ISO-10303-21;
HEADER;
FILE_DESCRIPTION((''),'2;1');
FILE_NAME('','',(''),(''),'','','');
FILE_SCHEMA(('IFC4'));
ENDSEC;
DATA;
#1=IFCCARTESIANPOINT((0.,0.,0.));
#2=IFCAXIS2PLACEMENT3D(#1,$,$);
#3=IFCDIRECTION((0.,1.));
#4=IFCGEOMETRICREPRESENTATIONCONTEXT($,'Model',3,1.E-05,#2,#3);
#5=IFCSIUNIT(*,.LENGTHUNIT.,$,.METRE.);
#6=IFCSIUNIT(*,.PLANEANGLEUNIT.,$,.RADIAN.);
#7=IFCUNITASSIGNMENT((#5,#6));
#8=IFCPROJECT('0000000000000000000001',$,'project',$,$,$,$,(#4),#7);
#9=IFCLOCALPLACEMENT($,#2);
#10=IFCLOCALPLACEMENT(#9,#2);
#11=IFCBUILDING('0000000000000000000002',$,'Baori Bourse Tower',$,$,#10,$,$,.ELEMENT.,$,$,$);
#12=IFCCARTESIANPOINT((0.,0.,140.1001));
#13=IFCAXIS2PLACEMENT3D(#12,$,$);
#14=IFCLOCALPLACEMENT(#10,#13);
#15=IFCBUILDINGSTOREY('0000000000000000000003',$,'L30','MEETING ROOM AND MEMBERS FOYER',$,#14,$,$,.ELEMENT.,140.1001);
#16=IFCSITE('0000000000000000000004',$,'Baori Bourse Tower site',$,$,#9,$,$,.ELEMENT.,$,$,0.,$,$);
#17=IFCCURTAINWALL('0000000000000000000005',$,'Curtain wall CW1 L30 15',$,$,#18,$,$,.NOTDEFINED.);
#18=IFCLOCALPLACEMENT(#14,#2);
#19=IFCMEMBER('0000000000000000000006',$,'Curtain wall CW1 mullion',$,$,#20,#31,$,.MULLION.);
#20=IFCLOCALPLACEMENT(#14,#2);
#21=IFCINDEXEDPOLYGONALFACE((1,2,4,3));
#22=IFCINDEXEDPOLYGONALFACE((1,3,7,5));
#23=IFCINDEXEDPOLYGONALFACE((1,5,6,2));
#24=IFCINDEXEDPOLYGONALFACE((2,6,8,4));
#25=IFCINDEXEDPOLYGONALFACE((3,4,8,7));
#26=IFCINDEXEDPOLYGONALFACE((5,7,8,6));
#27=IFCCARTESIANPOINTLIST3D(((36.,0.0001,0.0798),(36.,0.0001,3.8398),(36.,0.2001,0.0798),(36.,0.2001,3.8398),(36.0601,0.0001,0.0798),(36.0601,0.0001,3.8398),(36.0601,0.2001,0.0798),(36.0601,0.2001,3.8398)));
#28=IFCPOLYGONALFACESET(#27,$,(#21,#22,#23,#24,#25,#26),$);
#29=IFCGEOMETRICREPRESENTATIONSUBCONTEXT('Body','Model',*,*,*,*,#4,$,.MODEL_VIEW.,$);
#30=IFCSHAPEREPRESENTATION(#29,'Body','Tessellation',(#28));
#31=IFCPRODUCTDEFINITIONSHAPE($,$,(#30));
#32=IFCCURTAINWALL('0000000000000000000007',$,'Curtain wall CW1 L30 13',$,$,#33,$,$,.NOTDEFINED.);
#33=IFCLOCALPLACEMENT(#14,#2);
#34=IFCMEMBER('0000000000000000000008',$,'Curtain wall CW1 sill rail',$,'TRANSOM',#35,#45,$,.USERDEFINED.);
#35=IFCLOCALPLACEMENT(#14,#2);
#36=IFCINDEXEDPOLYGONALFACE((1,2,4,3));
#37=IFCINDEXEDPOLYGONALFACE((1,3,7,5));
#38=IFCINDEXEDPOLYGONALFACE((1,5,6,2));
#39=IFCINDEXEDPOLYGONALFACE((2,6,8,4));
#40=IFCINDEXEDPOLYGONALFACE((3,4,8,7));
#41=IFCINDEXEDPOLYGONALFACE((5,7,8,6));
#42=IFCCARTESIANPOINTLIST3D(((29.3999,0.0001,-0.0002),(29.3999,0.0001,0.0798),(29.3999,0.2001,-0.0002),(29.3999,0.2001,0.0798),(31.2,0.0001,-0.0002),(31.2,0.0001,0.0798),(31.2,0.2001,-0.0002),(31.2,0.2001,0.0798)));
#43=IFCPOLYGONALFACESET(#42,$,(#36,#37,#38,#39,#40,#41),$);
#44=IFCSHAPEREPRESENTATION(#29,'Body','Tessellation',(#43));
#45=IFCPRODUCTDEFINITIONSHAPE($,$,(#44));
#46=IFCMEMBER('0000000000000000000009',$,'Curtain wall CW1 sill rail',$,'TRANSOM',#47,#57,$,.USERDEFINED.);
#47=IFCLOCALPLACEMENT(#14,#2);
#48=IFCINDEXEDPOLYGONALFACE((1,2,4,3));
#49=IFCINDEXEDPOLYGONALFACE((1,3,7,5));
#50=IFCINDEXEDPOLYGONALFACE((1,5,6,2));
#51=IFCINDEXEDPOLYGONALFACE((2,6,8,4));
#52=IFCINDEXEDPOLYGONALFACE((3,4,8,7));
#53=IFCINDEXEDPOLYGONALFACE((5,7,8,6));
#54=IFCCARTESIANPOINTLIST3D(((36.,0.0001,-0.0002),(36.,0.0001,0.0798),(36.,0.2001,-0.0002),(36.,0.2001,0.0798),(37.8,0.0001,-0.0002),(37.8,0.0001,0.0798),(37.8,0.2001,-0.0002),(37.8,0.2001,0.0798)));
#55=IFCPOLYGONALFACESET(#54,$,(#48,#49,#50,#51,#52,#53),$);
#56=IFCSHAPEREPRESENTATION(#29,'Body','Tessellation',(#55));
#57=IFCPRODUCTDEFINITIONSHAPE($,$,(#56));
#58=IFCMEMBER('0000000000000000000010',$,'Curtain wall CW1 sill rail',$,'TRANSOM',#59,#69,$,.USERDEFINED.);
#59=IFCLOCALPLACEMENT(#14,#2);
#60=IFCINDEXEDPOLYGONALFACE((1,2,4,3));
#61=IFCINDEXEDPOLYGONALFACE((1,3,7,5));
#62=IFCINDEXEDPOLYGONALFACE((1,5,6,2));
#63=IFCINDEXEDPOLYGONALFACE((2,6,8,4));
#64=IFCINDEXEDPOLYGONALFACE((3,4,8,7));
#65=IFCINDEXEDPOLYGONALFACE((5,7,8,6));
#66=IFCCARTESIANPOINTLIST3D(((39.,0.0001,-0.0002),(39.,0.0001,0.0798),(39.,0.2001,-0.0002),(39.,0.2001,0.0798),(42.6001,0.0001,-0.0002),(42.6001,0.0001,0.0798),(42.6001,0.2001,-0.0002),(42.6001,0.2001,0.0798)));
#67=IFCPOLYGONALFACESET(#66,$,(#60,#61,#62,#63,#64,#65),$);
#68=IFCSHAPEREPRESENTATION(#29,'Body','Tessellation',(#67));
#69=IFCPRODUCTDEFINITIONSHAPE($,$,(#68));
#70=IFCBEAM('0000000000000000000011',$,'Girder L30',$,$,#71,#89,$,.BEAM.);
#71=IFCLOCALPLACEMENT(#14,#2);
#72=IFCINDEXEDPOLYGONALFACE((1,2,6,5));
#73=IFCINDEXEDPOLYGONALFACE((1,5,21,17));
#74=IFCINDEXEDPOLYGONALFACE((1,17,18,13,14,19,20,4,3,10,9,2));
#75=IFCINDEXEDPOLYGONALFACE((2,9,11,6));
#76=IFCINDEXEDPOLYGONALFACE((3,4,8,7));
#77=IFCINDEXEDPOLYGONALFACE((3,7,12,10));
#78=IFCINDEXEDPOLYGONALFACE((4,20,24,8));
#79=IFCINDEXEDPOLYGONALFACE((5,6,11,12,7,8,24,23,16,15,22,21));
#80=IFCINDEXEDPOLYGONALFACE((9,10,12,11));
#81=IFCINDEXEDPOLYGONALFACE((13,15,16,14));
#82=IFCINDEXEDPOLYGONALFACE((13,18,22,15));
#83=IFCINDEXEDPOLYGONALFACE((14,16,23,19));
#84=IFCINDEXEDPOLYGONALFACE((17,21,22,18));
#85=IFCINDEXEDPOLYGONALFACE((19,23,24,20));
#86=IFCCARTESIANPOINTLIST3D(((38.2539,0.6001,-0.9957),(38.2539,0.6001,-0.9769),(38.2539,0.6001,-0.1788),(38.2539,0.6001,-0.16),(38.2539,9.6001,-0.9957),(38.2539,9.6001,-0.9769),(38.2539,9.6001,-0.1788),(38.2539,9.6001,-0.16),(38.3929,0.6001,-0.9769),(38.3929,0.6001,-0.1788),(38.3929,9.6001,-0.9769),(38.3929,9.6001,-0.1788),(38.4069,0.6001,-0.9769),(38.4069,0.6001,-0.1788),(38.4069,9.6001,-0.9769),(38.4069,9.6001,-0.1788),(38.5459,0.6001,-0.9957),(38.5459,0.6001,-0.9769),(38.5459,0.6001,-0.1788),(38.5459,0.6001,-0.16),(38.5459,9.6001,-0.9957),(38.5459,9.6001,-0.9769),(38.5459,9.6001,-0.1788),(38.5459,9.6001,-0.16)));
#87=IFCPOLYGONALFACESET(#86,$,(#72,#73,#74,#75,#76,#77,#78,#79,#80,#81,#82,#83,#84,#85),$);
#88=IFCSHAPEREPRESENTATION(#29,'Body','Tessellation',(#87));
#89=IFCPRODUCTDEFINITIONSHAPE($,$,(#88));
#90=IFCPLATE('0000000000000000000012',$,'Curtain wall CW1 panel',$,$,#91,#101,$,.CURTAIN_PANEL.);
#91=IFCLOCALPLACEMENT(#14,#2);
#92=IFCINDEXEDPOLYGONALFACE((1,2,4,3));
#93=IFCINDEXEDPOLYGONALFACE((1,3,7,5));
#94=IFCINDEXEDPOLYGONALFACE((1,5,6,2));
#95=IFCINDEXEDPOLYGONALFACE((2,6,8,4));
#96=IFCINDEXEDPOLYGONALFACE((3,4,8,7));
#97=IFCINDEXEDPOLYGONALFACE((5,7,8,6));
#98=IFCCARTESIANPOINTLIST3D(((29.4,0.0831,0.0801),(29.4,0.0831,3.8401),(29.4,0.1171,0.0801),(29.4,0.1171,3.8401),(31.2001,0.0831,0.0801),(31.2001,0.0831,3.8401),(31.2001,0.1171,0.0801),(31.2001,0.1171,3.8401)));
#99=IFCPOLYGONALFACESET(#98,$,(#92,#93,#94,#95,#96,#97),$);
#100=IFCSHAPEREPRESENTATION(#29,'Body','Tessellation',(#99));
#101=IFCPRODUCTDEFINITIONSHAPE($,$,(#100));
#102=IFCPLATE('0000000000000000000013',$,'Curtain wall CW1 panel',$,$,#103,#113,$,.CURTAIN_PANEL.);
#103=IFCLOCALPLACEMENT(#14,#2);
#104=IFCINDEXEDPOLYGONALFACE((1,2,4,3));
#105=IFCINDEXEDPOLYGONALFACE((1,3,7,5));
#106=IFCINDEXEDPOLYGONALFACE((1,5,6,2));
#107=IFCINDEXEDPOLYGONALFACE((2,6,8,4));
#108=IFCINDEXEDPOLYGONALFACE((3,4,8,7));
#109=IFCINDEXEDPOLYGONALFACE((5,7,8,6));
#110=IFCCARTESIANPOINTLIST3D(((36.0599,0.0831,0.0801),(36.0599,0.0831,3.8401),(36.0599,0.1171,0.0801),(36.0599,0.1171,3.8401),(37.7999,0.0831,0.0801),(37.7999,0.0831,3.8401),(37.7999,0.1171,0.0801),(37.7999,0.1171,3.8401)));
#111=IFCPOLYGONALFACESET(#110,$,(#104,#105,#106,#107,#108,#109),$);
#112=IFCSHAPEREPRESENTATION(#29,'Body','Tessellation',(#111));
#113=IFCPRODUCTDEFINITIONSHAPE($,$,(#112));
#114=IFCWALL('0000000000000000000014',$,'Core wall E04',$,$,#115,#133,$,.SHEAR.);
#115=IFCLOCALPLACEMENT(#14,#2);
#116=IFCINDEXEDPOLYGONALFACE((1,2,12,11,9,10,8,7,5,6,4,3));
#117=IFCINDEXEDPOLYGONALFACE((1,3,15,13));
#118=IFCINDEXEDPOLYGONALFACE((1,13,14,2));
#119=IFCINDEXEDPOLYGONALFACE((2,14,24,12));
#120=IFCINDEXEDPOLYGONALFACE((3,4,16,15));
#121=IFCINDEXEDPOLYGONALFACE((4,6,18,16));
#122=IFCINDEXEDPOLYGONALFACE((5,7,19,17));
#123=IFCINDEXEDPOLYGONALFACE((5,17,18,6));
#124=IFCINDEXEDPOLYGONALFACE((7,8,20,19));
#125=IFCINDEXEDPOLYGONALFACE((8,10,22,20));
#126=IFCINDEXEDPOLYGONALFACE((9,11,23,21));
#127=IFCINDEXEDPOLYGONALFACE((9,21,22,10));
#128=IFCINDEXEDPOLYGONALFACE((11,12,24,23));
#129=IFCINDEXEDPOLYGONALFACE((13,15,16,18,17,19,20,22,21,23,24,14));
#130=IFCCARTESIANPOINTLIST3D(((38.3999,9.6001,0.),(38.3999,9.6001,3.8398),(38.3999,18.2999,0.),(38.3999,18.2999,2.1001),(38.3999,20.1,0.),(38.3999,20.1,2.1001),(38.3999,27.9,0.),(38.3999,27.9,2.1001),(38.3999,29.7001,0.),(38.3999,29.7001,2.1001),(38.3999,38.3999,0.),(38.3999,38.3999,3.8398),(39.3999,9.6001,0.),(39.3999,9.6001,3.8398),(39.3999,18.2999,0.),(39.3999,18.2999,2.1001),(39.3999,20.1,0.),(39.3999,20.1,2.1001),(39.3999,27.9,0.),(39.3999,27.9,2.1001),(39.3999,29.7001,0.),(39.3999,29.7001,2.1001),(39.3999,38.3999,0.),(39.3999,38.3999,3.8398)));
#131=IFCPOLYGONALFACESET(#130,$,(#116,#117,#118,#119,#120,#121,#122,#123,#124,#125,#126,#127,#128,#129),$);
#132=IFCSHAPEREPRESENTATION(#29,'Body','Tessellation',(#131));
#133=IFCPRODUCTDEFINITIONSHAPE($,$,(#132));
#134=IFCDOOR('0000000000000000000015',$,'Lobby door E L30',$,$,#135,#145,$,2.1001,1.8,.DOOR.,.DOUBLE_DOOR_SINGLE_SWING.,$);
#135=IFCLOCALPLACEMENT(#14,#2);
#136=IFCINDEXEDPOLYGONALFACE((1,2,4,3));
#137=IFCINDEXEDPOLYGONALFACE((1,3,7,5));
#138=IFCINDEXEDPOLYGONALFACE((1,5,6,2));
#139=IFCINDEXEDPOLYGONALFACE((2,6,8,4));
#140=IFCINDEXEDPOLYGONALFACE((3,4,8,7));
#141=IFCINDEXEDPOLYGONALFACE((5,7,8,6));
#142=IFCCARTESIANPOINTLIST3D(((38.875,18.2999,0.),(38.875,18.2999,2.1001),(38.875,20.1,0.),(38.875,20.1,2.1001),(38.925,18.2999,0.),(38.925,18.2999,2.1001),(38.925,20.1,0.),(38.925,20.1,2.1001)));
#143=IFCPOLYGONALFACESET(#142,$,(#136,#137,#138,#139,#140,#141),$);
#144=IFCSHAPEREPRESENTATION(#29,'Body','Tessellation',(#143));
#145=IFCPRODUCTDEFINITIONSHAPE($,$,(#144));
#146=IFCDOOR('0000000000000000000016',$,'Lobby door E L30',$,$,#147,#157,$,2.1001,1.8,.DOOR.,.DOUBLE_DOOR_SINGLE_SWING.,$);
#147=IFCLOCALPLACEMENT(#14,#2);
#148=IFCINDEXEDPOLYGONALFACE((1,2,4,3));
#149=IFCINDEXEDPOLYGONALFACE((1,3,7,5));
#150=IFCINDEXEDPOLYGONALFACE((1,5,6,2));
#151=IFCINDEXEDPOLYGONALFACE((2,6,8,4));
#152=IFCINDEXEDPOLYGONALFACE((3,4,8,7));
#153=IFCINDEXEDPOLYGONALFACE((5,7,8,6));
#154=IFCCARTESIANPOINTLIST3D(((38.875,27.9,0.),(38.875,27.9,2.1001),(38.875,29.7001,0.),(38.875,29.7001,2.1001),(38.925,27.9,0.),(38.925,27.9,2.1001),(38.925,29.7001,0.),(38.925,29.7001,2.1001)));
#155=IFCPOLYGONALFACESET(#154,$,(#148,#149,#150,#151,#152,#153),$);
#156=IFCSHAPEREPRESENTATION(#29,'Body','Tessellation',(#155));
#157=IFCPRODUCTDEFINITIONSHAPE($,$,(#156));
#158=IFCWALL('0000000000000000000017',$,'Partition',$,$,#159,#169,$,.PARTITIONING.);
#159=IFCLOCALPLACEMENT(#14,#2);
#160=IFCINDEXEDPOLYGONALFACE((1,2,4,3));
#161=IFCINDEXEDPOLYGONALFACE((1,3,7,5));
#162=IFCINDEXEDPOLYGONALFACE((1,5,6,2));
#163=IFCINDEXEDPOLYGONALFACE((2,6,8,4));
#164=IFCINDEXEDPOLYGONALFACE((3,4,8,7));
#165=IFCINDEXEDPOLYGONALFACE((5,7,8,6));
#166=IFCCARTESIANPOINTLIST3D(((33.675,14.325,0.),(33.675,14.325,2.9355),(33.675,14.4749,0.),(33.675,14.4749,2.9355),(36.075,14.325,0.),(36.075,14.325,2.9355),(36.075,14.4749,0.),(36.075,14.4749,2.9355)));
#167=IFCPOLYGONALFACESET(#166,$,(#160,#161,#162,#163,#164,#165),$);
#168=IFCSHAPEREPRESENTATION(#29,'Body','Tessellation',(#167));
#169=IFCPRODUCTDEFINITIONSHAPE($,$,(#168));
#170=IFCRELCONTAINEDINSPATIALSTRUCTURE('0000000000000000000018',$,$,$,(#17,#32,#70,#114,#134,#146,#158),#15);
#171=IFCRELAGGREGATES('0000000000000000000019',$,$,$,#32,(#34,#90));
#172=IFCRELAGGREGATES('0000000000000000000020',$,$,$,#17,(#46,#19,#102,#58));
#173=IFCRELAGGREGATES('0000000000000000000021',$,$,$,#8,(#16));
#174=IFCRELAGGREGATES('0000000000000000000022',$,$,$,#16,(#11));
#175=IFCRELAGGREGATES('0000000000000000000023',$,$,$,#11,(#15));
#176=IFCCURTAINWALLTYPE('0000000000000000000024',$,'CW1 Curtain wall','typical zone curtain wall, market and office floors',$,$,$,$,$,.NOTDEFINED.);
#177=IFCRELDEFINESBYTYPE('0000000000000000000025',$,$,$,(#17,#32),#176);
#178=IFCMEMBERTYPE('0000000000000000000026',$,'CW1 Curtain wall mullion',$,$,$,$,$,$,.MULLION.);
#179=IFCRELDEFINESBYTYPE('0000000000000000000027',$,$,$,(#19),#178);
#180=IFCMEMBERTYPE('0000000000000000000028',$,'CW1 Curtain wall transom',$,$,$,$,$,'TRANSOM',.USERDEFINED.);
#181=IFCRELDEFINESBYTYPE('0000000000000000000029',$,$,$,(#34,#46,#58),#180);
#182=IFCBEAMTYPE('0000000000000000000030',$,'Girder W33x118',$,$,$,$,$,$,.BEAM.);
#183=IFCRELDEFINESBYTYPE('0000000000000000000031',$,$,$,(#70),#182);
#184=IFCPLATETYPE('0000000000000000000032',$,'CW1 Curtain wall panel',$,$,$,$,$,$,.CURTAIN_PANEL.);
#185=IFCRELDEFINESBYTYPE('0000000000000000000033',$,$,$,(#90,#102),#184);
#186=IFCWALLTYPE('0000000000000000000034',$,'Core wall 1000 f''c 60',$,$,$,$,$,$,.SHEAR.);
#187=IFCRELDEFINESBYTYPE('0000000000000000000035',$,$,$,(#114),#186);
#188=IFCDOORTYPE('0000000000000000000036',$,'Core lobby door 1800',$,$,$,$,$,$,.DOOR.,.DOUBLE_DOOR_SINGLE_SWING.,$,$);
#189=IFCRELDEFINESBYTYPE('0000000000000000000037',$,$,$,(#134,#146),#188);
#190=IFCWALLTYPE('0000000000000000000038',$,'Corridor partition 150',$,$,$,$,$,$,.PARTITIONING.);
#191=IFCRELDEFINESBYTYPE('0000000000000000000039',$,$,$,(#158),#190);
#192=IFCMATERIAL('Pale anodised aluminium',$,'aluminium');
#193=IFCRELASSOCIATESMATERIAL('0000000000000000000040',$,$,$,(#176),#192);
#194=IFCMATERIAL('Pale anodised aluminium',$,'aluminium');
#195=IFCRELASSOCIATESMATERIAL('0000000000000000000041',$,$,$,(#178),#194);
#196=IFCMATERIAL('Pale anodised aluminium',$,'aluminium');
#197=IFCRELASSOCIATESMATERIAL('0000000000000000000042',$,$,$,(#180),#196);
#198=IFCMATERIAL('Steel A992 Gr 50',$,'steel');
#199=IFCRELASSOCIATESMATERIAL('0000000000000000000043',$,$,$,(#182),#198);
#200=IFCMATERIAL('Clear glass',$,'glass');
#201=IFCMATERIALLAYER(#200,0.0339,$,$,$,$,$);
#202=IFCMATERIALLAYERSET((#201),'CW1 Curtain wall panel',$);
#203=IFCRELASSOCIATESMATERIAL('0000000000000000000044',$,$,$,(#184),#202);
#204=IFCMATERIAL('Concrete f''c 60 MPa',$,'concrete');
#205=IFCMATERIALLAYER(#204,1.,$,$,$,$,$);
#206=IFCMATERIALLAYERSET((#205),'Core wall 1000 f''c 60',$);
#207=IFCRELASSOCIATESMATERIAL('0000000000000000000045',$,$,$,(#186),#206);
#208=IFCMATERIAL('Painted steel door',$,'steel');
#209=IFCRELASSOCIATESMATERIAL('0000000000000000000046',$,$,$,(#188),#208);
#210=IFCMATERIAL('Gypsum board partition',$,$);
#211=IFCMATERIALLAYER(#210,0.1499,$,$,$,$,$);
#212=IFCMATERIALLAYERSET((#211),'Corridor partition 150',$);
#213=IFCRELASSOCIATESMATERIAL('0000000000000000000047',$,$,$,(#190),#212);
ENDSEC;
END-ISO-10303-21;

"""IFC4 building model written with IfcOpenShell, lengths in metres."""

from ifc_helpers import new_model, si_unit, direction, frame, frame_2d, origin, origin_2d, place, context, subcontext, project, spatial, rectangle, i_section, extrude, material, layer, layer_set, material_profile, profile_set, type_object, element, fill, aggregate, save


model = new_model("IFC4")

# Units and contexts
model_context = context("Model", 3, precision=1e-05, world=origin(), true_north=direction((0.0, 1.0)))
body_context = subcontext(model_context, "Body", "Model", "MODEL_VIEW")
ifc_project = project(units=[si_unit("LENGTHUNIT", "METRE"), si_unit("PLANEANGLEUNIT", "RADIAN")], contexts=[model_context])

# Site, building, storey
site_placement = place(None, origin())
site = spatial("IfcSite", under=ifc_project, at=site_placement, Name="Baori Bourse Tower site", CompositionType="ELEMENT", RefElevation=0.0)
building_placement = place(site_placement, origin())
building = spatial("IfcBuilding", under=site, at=building_placement, Name="Baori Bourse Tower", CompositionType="ELEMENT")
storey_placement = place(building_placement, frame((0.0, 0.0, 140.1001)))
storey = spatial("IfcBuildingStorey", under=building, at=storey_placement, Name="L30", Description="MEETING ROOM AND MEMBERS FOYER", CompositionType="ELEMENT", Elevation=140.1001)

# Curtain walls, members
ifc_material_1 = material(Name="Pale anodised aluminium", Category="aluminium")
curtain_wall_type = type_object("IfcCurtainWallType", Name="CW1 Curtain wall", Description="typical zone curtain wall, market and office floors", PredefinedType="NOTDEFINED", material=ifc_material_1)
curtain_wall_1_placement = place(storey_placement, origin())
curtain_wall_1 = element("IfcCurtainWall", 1, at=curtain_wall_1_placement, inside=storey, type_object=curtain_wall_type, Name="Curtain wall CW1 L30 15", PredefinedType="NOTDEFINED")
ifc_material_2 = material(Name="Pale anodised aluminium", Category="aluminium")
ifc_material_profile_1 = material_profile(ifc_material_2, rectangle(XDim=0.2, YDim=0.0601, at=origin_2d()), Name="Mullion 60x200")
ifc_profile_set_1 = profile_set([ifc_material_profile_1], Name="Pale anodised aluminium")
member_type_1 = type_object("IfcMemberType", Name="CW1 Curtain wall mullion", PredefinedType="MULLION", material=ifc_profile_set_1)
member_1_placement = place(storey_placement, frame((36.03, 0.1001, 0.0798), z_axis=(0.0, 0.0, 1.0), x_axis=(0.0, 1.0, 0.0)))
member_1 = element("IfcMember", 2, at=member_1_placement, type_object=member_type_1, Name="Curtain wall CW1 mullion", PredefinedType="MULLION", context=body_context, shape_type="SweptSolid", body=[
    extrude(rectangle(XDim=0.2, YDim=0.0601, at=origin_2d()), origin(), (0.0, 0.0, 1.0), 3.76),
])
curtain_wall_2_placement = place(storey_placement, origin())
curtain_wall_2 = element("IfcCurtainWall", 3, at=curtain_wall_2_placement, inside=storey, type_object=curtain_wall_type, Name="Curtain wall CW1 L30 13", PredefinedType="NOTDEFINED")
ifc_material_3 = material(Name="Pale anodised aluminium", Category="aluminium")
ifc_material_profile_2 = material_profile(ifc_material_3, rectangle(XDim=0.2, YDim=0.0801, at=origin_2d()), Name="Transom 80x200")
ifc_profile_set_2 = profile_set([ifc_material_profile_2], Name="Pale anodised aluminium")
member_type_2 = type_object("IfcMemberType", Name="CW1 Curtain wall transom", ElementType="TRANSOM", PredefinedType="USERDEFINED", material=ifc_profile_set_2)
member_2_placement = place(storey_placement, frame((29.3999, 0.1001, 0.0398), z_axis=(1.0, 0.0, 0.0), x_axis=(0.0, 1.0, 0.0)))
member_2 = element("IfcMember", 4, at=member_2_placement, type_object=member_type_2, Name="Curtain wall CW1 sill rail", ObjectType="TRANSOM", PredefinedType="USERDEFINED", context=body_context, shape_type="SweptSolid", body=[
    extrude(rectangle(XDim=0.2, YDim=0.0801, at=origin_2d()), origin(), (0.0, 0.0, 1.0), 1.8),
])

# Members
member_3_placement = place(storey_placement, frame((36.0, 0.1001, 0.0398), z_axis=(1.0, 0.0, 0.0), x_axis=(0.0, 1.0, 0.0)))
member_3 = element("IfcMember", 5, at=member_3_placement, type_object=member_type_2, Name="Curtain wall CW1 sill rail", ObjectType="TRANSOM", PredefinedType="USERDEFINED", context=body_context, shape_type="SweptSolid", body=[
    extrude(rectangle(XDim=0.2, YDim=0.0801, at=origin_2d()), origin(), (0.0, 0.0, 1.0), 1.8),
])
member_4_placement = place(storey_placement, frame((39.0, 0.1001, 0.0398), z_axis=(1.0, 0.0, 0.0), x_axis=(0.0, 1.0, 0.0)))
member_4 = element("IfcMember", 6, at=member_4_placement, type_object=member_type_2, Name="Curtain wall CW1 sill rail", ObjectType="TRANSOM", PredefinedType="USERDEFINED", context=body_context, shape_type="SweptSolid", body=[
    extrude(rectangle(XDim=0.2, YDim=0.0801, at=origin_2d()), origin(), (0.0, 0.0, 1.0), 3.6001),
])

# Beam
ifc_material_4 = material(Name="Steel A992 Gr 50", Category="steel")
ifc_material_profile_3 = material_profile(ifc_material_4, i_section(OverallWidth=0.292, OverallDepth=0.8357, WebThickness=0.0139, FlangeThickness=0.0188, at=origin_2d()), Name="W33x118")
ifc_profile_set_3 = profile_set([ifc_material_profile_3], Name="Steel A992 Gr 50")
beam_type = type_object("IfcBeamType", Name="Girder W33x118", PredefinedType="BEAM", material=ifc_profile_set_3)
beam_placement = place(storey_placement, frame((38.3999, 0.6001, -0.5779), z_axis=(0.0, 1.0, 0.0), x_axis=(-1.0, 0.0, 0.0)))
element("IfcBeam", 7, at=beam_placement, inside=storey, type_object=beam_type, Name="Girder L30", PredefinedType="BEAM", context=body_context, shape_type="SweptSolid", body=[
    extrude(i_section(OverallWidth=0.292, OverallDepth=0.8357, WebThickness=0.0139, FlangeThickness=0.0188, at=origin_2d()), origin(), (0.0, 0.0, 1.0), 9.0),
])

# Plates
ifc_material_5 = material(Name="Clear glass", Category="glass")
ifc_layer_1 = layer(ifc_material_5, 0.0339)
ifc_layer_set_1 = layer_set([ifc_layer_1], Name="CW1 Curtain wall panel")
plate_type = type_object("IfcPlateType", Name="CW1 Curtain wall panel", PredefinedType="CURTAIN_PANEL", material=ifc_layer_set_1)
plate_1_placement = place(storey_placement, frame((30.3, 0.1001, 0.0801), z_axis=(0.0, 0.0, 1.0), x_axis=(1.0, 0.0, 0.0)))
plate_1 = element("IfcPlate", 8, at=plate_1_placement, type_object=plate_type, Name="Curtain wall CW1 panel", PredefinedType="CURTAIN_PANEL", context=body_context, shape_type="SweptSolid", body=[
    extrude(rectangle(XDim=1.8, YDim=0.0339, at=origin_2d()), origin(), (0.0, 0.0, 1.0), 3.76),
])
aggregate(curtain_wall_2, [member_2, plate_1])
plate_2_placement = place(storey_placement, frame((36.9299, 0.1001, 0.0801), z_axis=(0.0, 0.0, 1.0), x_axis=(1.0, 0.0, 0.0)))
plate_2 = element("IfcPlate", 9, at=plate_2_placement, type_object=plate_type, Name="Curtain wall CW1 panel", PredefinedType="CURTAIN_PANEL", context=body_context, shape_type="SweptSolid", body=[
    extrude(rectangle(XDim=1.74, YDim=0.0339, at=origin_2d()), origin(), (0.0, 0.0, 1.0), 3.76),
])
aggregate(curtain_wall_1, [member_3, member_1, plate_2, member_4])

# Wall, openings, doors
ifc_material_6 = material(Name="Concrete f'c 60 MPa", Category="concrete")
ifc_layer_2 = layer(ifc_material_6, 1.0)
ifc_layer_set_2 = layer_set([ifc_layer_2], Name="Core wall 1000 f'c 60")
wall_type_1 = type_object("IfcWallType", Name="Core wall 1000 f'c 60", PredefinedType="SHEAR", material=ifc_layer_set_2)
wall_1_placement = place(storey_placement, frame((38.8999, 9.6001, 0.0), z_axis=(0.0, 0.0, 1.0), x_axis=(0.0, 1.0, 0.0)))
wall_1 = element("IfcWall", 10, at=wall_1_placement, inside=storey, type_object=wall_type_1, Name="Core wall E04", PredefinedType="SHEAR", context=body_context, shape_type="SweptSolid", body=[
    extrude(rectangle(XDim=28.7998, YDim=1.0, at=frame_2d((14.3999, 0.0))), origin(), (0.0, 0.0, 1.0), 3.8398),
])
opening_1_placement = place(wall_1_placement, frame((8.7, 0.0, 0.0)))
opening_1 = element("IfcOpeningElement", 11, at=opening_1_placement, cuts=wall_1, PredefinedType="OPENING", context=body_context, shape_type="SweptSolid", body=[
    extrude(rectangle(XDim=1.8, YDim=2.1001, at=frame_2d((0.8999, 1.05))), frame((0.0, 0.51, 0.0), z_axis=(0.0, -1.0, 0.0), x_axis=(1.0, 0.0, 0.0)), (0.0, 0.0, 1.0), 1.02),
])
opening_2_placement = place(wall_1_placement, frame((18.3, 0.0, 0.0)))
opening_2 = element("IfcOpeningElement", 12, at=opening_2_placement, cuts=wall_1, PredefinedType="OPENING", context=body_context, shape_type="SweptSolid", body=[
    extrude(rectangle(XDim=1.8, YDim=2.1001, at=frame_2d((0.8999, 1.05))), frame((0.0, 0.51, 0.0), z_axis=(0.0, -1.0, 0.0), x_axis=(1.0, 0.0, 0.0)), (0.0, 0.0, 1.0), 1.02),
])
ifc_material_7 = material(Name="Painted steel door", Category="steel")
door_type_1 = type_object("IfcDoorType", Name="Core lobby door 1800", OperationType="DOUBLE_DOOR_SINGLE_SWING", PredefinedType="DOOR", material=ifc_material_7)
door_1_placement = place(opening_1_placement, origin())
door_1 = element("IfcDoor", 13, at=door_1_placement, inside=storey, type_object=door_type_1, Name="Lobby door E L30", OperationType="DOUBLE_DOOR_SINGLE_SWING", OverallHeight=2.1001, OverallWidth=1.8, PredefinedType="DOOR", context=body_context, shape_type="SweptSolid", body=[
    extrude(rectangle(XDim=1.8, YDim=2.1001, at=frame_2d((0.8999, 1.05))), frame((0.0, 0.0249, 0.0), z_axis=(0.0, -1.0, 0.0), x_axis=(1.0, 0.0, 0.0)), (0.0, 0.0, 1.0), 0.05),
])
fill(opening_1, door_1)
door_2_placement = place(opening_2_placement, origin())
door_2 = element("IfcDoor", 14, at=door_2_placement, inside=storey, type_object=door_type_1, Name="Lobby door E L30", OperationType="DOUBLE_DOOR_SINGLE_SWING", OverallHeight=2.1001, OverallWidth=1.8, PredefinedType="DOOR", context=body_context, shape_type="SweptSolid", body=[
    extrude(rectangle(XDim=1.8, YDim=2.1001, at=frame_2d((0.8999, 1.05))), frame((0.0, 0.0249, 0.0), z_axis=(0.0, -1.0, 0.0), x_axis=(1.0, 0.0, 0.0)), (0.0, 0.0, 1.0), 0.05),
])
fill(opening_2, door_2)

# Wall
ifc_material_8 = material(Name="Gypsum board partition")
ifc_layer_3 = layer(ifc_material_8, 0.1499)
ifc_layer_set_3 = layer_set([ifc_layer_3], Name="Corridor partition 150")
wall_type_2 = type_object("IfcWallType", Name="Corridor partition 150", PredefinedType="PARTITIONING", material=ifc_layer_set_3)
wall_2_placement = place(storey_placement, frame((33.675, 14.3999, 0.0), z_axis=(0.0, 0.0, 1.0), x_axis=(1.0, 0.0, 0.0)))
element("IfcWall", 15, at=wall_2_placement, inside=storey, type_object=wall_type_2, Name="Partition", PredefinedType="PARTITIONING", context=body_context, shape_type="SweptSolid", body=[
    extrude(rectangle(XDim=2.3999, YDim=0.1499, at=frame_2d((1.2, 0.0))), origin(), (0.0, 0.0, 1.0), 2.9355),
])

save(model, "model.ifc")
